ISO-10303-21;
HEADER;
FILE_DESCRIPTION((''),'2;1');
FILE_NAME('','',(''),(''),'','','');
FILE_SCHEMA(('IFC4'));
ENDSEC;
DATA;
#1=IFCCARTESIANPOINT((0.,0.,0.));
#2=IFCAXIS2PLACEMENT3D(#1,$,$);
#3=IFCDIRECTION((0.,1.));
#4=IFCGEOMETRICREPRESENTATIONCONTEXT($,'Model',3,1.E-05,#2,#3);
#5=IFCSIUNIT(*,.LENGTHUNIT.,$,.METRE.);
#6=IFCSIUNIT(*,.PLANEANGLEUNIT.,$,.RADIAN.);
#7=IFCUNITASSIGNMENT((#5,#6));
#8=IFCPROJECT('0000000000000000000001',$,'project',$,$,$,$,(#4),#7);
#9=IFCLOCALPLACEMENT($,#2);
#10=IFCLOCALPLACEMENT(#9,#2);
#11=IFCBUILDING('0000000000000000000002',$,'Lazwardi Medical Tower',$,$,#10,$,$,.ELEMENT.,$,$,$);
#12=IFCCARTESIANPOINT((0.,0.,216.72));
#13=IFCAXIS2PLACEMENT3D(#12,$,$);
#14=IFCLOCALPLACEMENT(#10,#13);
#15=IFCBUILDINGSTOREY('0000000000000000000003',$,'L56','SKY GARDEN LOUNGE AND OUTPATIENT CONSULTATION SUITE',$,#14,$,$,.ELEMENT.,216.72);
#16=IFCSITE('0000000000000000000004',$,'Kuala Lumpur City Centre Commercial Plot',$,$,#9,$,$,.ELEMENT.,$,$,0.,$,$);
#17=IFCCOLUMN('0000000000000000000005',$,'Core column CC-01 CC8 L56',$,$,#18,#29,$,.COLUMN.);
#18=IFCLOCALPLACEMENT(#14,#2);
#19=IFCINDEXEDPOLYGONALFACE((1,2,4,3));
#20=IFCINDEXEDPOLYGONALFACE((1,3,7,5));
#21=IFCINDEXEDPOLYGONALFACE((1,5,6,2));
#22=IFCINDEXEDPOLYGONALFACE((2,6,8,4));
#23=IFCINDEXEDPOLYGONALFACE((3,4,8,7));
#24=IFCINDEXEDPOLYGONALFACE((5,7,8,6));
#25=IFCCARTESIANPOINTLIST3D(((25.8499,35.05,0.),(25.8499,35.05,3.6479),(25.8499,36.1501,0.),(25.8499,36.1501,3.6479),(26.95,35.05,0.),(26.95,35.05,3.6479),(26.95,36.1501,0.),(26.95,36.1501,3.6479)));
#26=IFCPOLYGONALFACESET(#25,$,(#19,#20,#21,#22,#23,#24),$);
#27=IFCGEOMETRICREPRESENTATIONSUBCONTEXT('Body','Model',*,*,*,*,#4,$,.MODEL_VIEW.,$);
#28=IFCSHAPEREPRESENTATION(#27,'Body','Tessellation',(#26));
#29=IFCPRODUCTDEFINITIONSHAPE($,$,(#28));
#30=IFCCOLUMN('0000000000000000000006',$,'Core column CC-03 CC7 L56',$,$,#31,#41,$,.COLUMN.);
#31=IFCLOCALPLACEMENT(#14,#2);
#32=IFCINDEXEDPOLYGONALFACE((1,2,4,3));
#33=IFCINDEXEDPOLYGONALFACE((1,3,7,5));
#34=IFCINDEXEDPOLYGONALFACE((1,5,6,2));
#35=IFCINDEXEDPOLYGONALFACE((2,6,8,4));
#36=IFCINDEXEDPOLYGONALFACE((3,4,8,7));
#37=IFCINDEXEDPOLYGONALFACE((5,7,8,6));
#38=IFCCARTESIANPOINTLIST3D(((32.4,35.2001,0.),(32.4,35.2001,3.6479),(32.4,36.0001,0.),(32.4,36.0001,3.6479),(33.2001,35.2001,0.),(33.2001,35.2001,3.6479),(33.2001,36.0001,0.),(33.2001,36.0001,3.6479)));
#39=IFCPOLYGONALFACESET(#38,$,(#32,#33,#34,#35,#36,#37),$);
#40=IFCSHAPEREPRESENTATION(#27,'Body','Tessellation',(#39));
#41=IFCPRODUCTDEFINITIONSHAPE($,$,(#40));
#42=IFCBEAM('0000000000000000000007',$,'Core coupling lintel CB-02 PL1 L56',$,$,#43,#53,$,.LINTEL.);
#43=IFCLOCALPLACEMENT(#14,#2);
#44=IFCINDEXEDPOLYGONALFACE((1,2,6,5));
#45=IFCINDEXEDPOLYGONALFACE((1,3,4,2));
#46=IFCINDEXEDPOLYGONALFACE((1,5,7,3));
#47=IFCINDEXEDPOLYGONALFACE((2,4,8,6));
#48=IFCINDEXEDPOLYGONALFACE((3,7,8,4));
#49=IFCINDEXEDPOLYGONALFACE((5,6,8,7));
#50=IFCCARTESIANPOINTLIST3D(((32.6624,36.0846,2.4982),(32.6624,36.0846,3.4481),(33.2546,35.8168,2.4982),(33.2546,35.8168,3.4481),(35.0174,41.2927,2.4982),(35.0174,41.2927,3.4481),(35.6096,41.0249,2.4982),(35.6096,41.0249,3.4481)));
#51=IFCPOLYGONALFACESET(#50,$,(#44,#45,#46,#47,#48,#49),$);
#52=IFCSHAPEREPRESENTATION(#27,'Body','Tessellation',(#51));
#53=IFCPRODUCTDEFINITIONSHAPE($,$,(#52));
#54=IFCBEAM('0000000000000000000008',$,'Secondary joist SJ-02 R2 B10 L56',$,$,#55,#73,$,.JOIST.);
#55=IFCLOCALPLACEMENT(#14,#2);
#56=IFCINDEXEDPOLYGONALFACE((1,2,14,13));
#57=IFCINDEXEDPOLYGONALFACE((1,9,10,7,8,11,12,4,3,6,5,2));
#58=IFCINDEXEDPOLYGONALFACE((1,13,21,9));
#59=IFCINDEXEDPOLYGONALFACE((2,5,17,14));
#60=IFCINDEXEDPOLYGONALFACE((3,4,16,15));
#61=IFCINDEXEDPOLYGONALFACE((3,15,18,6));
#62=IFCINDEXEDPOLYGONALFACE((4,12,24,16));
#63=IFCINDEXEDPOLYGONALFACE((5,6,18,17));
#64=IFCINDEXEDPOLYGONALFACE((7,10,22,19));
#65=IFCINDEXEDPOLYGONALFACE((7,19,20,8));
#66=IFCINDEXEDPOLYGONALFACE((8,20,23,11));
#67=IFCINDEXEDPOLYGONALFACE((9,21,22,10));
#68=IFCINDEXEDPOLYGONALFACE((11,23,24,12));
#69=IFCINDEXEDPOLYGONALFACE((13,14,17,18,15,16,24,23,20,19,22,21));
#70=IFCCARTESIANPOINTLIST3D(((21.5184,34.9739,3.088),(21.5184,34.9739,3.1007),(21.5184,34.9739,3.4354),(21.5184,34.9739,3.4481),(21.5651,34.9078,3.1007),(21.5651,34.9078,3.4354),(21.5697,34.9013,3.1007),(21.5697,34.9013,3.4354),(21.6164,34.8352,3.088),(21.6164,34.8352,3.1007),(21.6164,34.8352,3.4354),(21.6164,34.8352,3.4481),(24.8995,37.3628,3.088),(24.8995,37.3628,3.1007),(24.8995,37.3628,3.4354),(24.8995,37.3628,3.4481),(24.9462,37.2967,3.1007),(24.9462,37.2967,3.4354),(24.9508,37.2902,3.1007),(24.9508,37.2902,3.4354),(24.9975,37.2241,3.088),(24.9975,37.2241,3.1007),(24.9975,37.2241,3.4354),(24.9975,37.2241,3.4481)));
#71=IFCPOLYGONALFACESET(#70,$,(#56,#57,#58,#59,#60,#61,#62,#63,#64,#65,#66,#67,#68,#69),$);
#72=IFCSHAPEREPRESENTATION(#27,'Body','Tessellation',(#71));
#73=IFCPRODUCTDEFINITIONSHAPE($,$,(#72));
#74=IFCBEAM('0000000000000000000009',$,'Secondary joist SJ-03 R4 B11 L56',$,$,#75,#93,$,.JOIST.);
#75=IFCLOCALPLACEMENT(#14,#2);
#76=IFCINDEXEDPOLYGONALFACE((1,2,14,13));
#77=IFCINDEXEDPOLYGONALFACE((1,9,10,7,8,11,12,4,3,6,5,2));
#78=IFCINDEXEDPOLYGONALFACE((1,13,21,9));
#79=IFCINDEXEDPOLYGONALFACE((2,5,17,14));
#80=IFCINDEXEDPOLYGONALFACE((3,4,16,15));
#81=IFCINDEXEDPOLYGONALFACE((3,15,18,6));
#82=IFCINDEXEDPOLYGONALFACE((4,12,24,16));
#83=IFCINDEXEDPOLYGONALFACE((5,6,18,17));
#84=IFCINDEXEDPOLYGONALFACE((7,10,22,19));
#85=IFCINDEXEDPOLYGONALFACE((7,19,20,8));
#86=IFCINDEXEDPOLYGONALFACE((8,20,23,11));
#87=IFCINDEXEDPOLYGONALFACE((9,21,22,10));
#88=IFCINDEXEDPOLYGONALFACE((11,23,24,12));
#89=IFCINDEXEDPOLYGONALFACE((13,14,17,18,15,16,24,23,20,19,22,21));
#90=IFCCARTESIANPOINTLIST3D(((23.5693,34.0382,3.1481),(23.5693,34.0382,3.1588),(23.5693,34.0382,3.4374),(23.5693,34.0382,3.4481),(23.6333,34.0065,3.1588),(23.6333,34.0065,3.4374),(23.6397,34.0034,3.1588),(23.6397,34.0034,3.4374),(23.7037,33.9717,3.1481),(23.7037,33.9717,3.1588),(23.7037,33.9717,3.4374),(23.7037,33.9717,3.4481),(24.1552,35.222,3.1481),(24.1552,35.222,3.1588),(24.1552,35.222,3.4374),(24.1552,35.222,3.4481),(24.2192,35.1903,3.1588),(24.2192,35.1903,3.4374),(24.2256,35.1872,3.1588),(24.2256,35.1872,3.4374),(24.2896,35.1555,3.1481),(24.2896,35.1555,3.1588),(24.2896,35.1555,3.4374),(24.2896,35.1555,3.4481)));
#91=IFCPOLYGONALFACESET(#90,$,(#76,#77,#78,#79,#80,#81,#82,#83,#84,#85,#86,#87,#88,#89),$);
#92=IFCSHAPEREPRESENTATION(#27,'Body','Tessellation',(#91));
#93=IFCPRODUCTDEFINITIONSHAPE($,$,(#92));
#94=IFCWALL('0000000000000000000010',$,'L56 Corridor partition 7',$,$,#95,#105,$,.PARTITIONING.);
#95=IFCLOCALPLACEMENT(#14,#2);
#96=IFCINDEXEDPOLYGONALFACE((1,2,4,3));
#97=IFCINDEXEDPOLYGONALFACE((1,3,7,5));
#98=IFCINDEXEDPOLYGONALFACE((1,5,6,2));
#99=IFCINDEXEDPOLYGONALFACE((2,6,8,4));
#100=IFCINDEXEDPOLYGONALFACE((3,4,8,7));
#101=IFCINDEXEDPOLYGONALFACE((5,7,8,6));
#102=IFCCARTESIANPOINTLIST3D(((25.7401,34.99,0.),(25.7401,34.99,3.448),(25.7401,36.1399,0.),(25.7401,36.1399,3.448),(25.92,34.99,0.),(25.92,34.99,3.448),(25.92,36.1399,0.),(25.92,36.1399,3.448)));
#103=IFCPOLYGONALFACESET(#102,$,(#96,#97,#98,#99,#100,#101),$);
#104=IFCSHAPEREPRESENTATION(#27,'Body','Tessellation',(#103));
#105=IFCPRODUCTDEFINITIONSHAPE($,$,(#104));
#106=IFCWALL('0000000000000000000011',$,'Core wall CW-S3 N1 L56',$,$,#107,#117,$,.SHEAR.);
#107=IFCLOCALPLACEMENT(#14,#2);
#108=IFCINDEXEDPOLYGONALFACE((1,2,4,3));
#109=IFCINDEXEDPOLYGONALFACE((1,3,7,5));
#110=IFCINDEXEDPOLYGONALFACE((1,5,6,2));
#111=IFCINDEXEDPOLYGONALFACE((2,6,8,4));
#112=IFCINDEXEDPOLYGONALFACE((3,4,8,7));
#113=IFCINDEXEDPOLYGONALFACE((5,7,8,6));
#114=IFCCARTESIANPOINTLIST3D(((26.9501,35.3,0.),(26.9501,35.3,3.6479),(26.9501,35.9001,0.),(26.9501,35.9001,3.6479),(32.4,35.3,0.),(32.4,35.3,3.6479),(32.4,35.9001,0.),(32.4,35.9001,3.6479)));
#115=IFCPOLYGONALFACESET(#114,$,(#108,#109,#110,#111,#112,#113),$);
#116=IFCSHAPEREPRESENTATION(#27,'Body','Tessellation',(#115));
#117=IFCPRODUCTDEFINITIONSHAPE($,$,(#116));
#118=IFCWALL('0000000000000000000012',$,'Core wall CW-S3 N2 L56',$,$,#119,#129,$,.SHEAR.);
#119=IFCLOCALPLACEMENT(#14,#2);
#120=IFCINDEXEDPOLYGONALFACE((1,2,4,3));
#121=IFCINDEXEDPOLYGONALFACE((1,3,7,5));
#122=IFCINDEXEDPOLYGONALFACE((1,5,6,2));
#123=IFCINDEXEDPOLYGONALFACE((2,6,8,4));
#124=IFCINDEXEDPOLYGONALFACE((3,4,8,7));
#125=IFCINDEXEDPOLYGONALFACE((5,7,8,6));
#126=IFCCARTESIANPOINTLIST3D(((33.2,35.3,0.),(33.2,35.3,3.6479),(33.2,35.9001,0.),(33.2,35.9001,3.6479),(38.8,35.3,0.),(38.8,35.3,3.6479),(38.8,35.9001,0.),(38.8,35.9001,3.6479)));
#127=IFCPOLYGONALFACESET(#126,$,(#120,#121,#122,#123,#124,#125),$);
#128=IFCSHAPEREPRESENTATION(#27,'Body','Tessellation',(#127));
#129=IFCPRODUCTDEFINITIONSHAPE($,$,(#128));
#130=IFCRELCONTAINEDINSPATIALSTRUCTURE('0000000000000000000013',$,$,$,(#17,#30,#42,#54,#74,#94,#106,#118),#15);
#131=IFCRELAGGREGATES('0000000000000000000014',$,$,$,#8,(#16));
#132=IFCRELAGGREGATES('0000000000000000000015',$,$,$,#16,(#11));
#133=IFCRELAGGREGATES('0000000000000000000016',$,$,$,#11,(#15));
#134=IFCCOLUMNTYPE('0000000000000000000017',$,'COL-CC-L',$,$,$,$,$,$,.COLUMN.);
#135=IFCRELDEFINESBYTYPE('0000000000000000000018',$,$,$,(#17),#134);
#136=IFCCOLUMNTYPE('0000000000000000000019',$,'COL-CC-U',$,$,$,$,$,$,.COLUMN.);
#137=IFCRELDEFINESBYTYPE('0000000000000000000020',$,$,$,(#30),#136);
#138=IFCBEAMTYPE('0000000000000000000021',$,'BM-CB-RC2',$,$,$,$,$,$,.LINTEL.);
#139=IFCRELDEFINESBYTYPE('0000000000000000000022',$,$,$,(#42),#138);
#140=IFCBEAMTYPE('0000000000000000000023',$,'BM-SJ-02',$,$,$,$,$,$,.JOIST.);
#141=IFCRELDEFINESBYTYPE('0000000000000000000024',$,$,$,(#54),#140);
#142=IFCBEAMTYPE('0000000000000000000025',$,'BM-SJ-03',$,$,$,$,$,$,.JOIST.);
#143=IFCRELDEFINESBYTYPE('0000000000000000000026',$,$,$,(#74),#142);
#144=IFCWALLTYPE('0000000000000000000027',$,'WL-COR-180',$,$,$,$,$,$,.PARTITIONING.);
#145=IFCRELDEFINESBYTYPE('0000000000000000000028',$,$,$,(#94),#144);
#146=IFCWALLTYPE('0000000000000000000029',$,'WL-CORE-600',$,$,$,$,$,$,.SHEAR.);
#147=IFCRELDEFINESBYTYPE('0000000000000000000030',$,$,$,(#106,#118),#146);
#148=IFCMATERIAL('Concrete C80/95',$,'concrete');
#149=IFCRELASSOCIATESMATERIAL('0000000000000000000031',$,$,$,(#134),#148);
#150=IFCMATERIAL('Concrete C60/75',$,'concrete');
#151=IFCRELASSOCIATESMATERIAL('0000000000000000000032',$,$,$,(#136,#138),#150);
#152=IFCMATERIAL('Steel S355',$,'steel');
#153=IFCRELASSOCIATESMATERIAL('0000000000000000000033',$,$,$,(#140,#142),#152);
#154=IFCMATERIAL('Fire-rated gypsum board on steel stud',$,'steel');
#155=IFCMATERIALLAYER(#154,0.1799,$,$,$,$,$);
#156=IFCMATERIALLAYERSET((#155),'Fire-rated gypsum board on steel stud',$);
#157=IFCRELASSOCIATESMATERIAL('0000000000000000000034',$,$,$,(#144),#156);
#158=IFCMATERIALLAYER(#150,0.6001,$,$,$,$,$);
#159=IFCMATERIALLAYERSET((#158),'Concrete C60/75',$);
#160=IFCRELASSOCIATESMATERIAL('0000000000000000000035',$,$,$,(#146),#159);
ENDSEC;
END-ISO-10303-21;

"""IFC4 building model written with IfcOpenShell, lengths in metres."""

from ifc_helpers import new_model, si_unit, direction, frame, frame_2d, origin, origin_2d, place, context, subcontext, project, spatial, rectangle, i_section, extrude, material, layer, layer_set, material_profile, profile_set, type_object, element, save


model = new_model("IFC4")

# Units and contexts
model_context = context("Model", 3, precision=1e-05, world=origin(), true_north=direction((0.0, 1.0)))
body_context = subcontext(model_context, "Body", "Model", "MODEL_VIEW")
ifc_project = project(units=[si_unit("LENGTHUNIT", "METRE"), si_unit("PLANEANGLEUNIT", "RADIAN")], contexts=[model_context])

# Site, building, storey
site_placement = place(None, origin())
site = spatial("IfcSite", under=ifc_project, at=site_placement, Name="Kuala Lumpur City Centre Commercial Plot", CompositionType="ELEMENT", RefElevation=0.0)
building_placement = place(site_placement, origin())
building = spatial("IfcBuilding", under=site, at=building_placement, Name="Lazwardi Medical Tower", CompositionType="ELEMENT")
storey_placement = place(building_placement, frame((0.0, 0.0, 216.72)))
storey = spatial("IfcBuildingStorey", under=building, at=storey_placement, Name="L56", Description="SKY GARDEN LOUNGE AND OUTPATIENT CONSULTATION SUITE", CompositionType="ELEMENT", Elevation=216.72)

# Columns
ifc_material_1 = material(Name="Concrete C80/95", Category="concrete")
ifc_material_profile_1 = material_profile(ifc_material_1, rectangle(XDim=1.1001, YDim=1.1001, at=origin_2d()), Name="RC 1100x1100")
ifc_profile_set_1 = profile_set([ifc_material_profile_1], Name="Concrete C80/95")
column_type_1 = type_object("IfcColumnType", Name="COL-CC-L", PredefinedType="COLUMN", material=ifc_profile_set_1)
column_1_placement = place(storey_placement, frame((26.3999, 35.6001, 0.0), z_axis=(0.0, 0.0, 1.0), x_axis=(1.0, 0.0, 0.0)))
element("IfcColumn", 1, at=column_1_placement, inside=storey, type_object=column_type_1, Name="Core column CC-01 CC8 L56", PredefinedType="COLUMN", context=body_context, shape_type="SweptSolid", body=[
    extrude(rectangle(XDim=1.1001, YDim=1.1001, at=origin_2d()), origin(), (0.0, 0.0, 1.0), 3.6479),
])
ifc_material_2 = material(Name="Concrete C60/75", Category="concrete")
ifc_material_profile_2 = material_profile(ifc_material_2, rectangle(XDim=0.8, YDim=0.8, at=origin_2d()), Name="RC 800x800")
ifc_profile_set_2 = profile_set([ifc_material_profile_2], Name="Concrete C60/75")
column_type_2 = type_object("IfcColumnType", Name="COL-CC-U", PredefinedType="COLUMN", material=ifc_profile_set_2)
column_2_placement = place(storey_placement, frame((32.8, 35.6001, 0.0), z_axis=(0.0, 0.0, 1.0), x_axis=(1.0, 0.0, 0.0)))
element("IfcColumn", 2, at=column_2_placement, inside=storey, type_object=column_type_2, Name="Core column CC-03 CC7 L56", PredefinedType="COLUMN", context=body_context, shape_type="SweptSolid", body=[
    extrude(rectangle(XDim=0.8, YDim=0.8, at=origin_2d()), origin(), (0.0, 0.0, 1.0), 3.6479),
])

# Beams
ifc_material_profile_3 = material_profile(ifc_material_2, rectangle(XDim=0.6499, YDim=0.95, at=origin_2d()), Name="RC 650x950")
ifc_profile_set_3 = profile_set([ifc_material_profile_3], Name="Concrete C60/75")
beam_type_1 = type_object("IfcBeamType", Name="BM-CB-RC2", PredefinedType="LINTEL", material=ifc_profile_set_3)
beam_1_placement = place(storey_placement, frame((32.9585, 35.9507, 2.9731), z_axis=(0.412019, 0.911175, 0.0), x_axis=(-0.911175, 0.412019, 0.0)))
element("IfcBeam", 3, at=beam_1_placement, inside=storey, type_object=beam_type_1, Name="Core coupling lintel CB-02 PL1 L56", PredefinedType="LINTEL", context=body_context, shape_type="SweptSolid", body=[
    extrude(rectangle(XDim=0.6499, YDim=0.95, at=origin_2d()), origin(), (0.0, 0.0, 1.0), 5.7158),
])
ifc_material_3 = material(Name="Steel S355", Category="steel")
ifc_material_profile_4 = material_profile(ifc_material_3, i_section(OverallWidth=0.1699, OverallDepth=0.3601, WebThickness=0.0081, FlangeThickness=0.0127, at=origin_2d()), Name="IPE 360")
ifc_profile_set_4 = profile_set([ifc_material_profile_4], Name="Steel S355")
beam_type_2 = type_object("IfcBeamType", Name="BM-SJ-02", PredefinedType="JOIST", material=ifc_profile_set_4)
beam_2_placement = place(storey_placement, frame((24.9485, 37.2935, 3.2681), z_axis=(-0.816711, -0.577047, 0.0), x_axis=(0.577047, -0.816711, 0.0)))
element("IfcBeam", 4, at=beam_2_placement, inside=storey, type_object=beam_type_2, Name="Secondary joist SJ-02 R2 B10 L56", PredefinedType="JOIST", context=body_context, shape_type="SweptSolid", body=[
    extrude(i_section(OverallWidth=0.1699, OverallDepth=0.3601, WebThickness=0.0081, FlangeThickness=0.0127, at=origin_2d()), origin(), (0.0, 0.0, 1.0), 4.1399),
])
ifc_material_profile_5 = material_profile(ifc_material_3, i_section(OverallWidth=0.1499, OverallDepth=0.3, WebThickness=0.0071, FlangeThickness=0.0107, at=origin_2d()), Name="IPE 300")
ifc_profile_set_5 = profile_set([ifc_material_profile_5], Name="Steel S355")
beam_type_3 = type_object("IfcBeamType", Name="BM-SJ-03", PredefinedType="JOIST", material=ifc_profile_set_5)
beam_3_placement = place(storey_placement, frame((24.2224, 35.1887, 3.2981), z_axis=(-0.443587, -0.896231, 0.0), x_axis=(0.896231, -0.443587, 0.0)))
element("IfcBeam", 5, at=beam_3_placement, inside=storey, type_object=beam_type_3, Name="Secondary joist SJ-03 R4 B11 L56", PredefinedType="JOIST", context=body_context, shape_type="SweptSolid", body=[
    extrude(i_section(OverallWidth=0.1499, OverallDepth=0.3, WebThickness=0.0071, FlangeThickness=0.0107, at=origin_2d()), origin(), (0.0, 0.0, 1.0), 1.3208),
])

# Walls
ifc_material_4 = material(Name="Fire-rated gypsum board on steel stud", Category="steel")
ifc_layer_1 = layer(ifc_material_4, 0.1799)
ifc_layer_set_1 = layer_set([ifc_layer_1], Name="Fire-rated gypsum board on steel stud")
wall_type_1 = type_object("IfcWallType", Name="WL-COR-180", PredefinedType="PARTITIONING", material=ifc_layer_set_1)
wall_1_placement = place(storey_placement, frame((25.8301, 36.1399, 0.0), z_axis=(0.0, 0.0, 1.0), x_axis=(0.0, -1.0, 0.0)))
element("IfcWall", 6, at=wall_1_placement, inside=storey, type_object=wall_type_1, Name="L56 Corridor partition 7", PredefinedType="PARTITIONING", context=body_context, shape_type="SweptSolid", body=[
    extrude(rectangle(XDim=1.1499, YDim=0.1799, at=frame_2d((0.575, 0.0))), origin(), (0.0, 0.0, 1.0), 3.448),
])
ifc_layer_2 = layer(ifc_material_2, 0.6001)
ifc_layer_set_2 = layer_set([ifc_layer_2], Name="Concrete C60/75")
wall_type_2 = type_object("IfcWallType", Name="WL-CORE-600", PredefinedType="SHEAR", material=ifc_layer_set_2)
wall_2_placement = place(storey_placement, frame((26.95, 35.6001, 0.0), z_axis=(0.0, 0.0, 1.0), x_axis=(1.0, 0.0, 0.0)))
element("IfcWall", 7, at=wall_2_placement, inside=storey, type_object=wall_type_2, Name="Core wall CW-S3 N1 L56", PredefinedType="SHEAR", context=body_context, shape_type="SweptSolid", body=[
    extrude(rectangle(XDim=5.45, YDim=0.6001, at=frame_2d((2.7251, 0.0))), origin(), (0.0, 0.0, 1.0), 3.6479),
])
wall_3_placement = place(storey_placement, frame((33.2, 35.6001, 0.0), z_axis=(0.0, 0.0, 1.0), x_axis=(1.0, 0.0, 0.0)))
element("IfcWall", 8, at=wall_3_placement, inside=storey, type_object=wall_type_2, Name="Core wall CW-S3 N2 L56", PredefinedType="SHEAR", context=body_context, shape_type="SweptSolid", body=[
    extrude(rectangle(XDim=5.6001, YDim=0.6001, at=frame_2d((2.8, 0.0))), origin(), (0.0, 0.0, 1.0), 3.6479),
])

save(model, "model.ifc")
